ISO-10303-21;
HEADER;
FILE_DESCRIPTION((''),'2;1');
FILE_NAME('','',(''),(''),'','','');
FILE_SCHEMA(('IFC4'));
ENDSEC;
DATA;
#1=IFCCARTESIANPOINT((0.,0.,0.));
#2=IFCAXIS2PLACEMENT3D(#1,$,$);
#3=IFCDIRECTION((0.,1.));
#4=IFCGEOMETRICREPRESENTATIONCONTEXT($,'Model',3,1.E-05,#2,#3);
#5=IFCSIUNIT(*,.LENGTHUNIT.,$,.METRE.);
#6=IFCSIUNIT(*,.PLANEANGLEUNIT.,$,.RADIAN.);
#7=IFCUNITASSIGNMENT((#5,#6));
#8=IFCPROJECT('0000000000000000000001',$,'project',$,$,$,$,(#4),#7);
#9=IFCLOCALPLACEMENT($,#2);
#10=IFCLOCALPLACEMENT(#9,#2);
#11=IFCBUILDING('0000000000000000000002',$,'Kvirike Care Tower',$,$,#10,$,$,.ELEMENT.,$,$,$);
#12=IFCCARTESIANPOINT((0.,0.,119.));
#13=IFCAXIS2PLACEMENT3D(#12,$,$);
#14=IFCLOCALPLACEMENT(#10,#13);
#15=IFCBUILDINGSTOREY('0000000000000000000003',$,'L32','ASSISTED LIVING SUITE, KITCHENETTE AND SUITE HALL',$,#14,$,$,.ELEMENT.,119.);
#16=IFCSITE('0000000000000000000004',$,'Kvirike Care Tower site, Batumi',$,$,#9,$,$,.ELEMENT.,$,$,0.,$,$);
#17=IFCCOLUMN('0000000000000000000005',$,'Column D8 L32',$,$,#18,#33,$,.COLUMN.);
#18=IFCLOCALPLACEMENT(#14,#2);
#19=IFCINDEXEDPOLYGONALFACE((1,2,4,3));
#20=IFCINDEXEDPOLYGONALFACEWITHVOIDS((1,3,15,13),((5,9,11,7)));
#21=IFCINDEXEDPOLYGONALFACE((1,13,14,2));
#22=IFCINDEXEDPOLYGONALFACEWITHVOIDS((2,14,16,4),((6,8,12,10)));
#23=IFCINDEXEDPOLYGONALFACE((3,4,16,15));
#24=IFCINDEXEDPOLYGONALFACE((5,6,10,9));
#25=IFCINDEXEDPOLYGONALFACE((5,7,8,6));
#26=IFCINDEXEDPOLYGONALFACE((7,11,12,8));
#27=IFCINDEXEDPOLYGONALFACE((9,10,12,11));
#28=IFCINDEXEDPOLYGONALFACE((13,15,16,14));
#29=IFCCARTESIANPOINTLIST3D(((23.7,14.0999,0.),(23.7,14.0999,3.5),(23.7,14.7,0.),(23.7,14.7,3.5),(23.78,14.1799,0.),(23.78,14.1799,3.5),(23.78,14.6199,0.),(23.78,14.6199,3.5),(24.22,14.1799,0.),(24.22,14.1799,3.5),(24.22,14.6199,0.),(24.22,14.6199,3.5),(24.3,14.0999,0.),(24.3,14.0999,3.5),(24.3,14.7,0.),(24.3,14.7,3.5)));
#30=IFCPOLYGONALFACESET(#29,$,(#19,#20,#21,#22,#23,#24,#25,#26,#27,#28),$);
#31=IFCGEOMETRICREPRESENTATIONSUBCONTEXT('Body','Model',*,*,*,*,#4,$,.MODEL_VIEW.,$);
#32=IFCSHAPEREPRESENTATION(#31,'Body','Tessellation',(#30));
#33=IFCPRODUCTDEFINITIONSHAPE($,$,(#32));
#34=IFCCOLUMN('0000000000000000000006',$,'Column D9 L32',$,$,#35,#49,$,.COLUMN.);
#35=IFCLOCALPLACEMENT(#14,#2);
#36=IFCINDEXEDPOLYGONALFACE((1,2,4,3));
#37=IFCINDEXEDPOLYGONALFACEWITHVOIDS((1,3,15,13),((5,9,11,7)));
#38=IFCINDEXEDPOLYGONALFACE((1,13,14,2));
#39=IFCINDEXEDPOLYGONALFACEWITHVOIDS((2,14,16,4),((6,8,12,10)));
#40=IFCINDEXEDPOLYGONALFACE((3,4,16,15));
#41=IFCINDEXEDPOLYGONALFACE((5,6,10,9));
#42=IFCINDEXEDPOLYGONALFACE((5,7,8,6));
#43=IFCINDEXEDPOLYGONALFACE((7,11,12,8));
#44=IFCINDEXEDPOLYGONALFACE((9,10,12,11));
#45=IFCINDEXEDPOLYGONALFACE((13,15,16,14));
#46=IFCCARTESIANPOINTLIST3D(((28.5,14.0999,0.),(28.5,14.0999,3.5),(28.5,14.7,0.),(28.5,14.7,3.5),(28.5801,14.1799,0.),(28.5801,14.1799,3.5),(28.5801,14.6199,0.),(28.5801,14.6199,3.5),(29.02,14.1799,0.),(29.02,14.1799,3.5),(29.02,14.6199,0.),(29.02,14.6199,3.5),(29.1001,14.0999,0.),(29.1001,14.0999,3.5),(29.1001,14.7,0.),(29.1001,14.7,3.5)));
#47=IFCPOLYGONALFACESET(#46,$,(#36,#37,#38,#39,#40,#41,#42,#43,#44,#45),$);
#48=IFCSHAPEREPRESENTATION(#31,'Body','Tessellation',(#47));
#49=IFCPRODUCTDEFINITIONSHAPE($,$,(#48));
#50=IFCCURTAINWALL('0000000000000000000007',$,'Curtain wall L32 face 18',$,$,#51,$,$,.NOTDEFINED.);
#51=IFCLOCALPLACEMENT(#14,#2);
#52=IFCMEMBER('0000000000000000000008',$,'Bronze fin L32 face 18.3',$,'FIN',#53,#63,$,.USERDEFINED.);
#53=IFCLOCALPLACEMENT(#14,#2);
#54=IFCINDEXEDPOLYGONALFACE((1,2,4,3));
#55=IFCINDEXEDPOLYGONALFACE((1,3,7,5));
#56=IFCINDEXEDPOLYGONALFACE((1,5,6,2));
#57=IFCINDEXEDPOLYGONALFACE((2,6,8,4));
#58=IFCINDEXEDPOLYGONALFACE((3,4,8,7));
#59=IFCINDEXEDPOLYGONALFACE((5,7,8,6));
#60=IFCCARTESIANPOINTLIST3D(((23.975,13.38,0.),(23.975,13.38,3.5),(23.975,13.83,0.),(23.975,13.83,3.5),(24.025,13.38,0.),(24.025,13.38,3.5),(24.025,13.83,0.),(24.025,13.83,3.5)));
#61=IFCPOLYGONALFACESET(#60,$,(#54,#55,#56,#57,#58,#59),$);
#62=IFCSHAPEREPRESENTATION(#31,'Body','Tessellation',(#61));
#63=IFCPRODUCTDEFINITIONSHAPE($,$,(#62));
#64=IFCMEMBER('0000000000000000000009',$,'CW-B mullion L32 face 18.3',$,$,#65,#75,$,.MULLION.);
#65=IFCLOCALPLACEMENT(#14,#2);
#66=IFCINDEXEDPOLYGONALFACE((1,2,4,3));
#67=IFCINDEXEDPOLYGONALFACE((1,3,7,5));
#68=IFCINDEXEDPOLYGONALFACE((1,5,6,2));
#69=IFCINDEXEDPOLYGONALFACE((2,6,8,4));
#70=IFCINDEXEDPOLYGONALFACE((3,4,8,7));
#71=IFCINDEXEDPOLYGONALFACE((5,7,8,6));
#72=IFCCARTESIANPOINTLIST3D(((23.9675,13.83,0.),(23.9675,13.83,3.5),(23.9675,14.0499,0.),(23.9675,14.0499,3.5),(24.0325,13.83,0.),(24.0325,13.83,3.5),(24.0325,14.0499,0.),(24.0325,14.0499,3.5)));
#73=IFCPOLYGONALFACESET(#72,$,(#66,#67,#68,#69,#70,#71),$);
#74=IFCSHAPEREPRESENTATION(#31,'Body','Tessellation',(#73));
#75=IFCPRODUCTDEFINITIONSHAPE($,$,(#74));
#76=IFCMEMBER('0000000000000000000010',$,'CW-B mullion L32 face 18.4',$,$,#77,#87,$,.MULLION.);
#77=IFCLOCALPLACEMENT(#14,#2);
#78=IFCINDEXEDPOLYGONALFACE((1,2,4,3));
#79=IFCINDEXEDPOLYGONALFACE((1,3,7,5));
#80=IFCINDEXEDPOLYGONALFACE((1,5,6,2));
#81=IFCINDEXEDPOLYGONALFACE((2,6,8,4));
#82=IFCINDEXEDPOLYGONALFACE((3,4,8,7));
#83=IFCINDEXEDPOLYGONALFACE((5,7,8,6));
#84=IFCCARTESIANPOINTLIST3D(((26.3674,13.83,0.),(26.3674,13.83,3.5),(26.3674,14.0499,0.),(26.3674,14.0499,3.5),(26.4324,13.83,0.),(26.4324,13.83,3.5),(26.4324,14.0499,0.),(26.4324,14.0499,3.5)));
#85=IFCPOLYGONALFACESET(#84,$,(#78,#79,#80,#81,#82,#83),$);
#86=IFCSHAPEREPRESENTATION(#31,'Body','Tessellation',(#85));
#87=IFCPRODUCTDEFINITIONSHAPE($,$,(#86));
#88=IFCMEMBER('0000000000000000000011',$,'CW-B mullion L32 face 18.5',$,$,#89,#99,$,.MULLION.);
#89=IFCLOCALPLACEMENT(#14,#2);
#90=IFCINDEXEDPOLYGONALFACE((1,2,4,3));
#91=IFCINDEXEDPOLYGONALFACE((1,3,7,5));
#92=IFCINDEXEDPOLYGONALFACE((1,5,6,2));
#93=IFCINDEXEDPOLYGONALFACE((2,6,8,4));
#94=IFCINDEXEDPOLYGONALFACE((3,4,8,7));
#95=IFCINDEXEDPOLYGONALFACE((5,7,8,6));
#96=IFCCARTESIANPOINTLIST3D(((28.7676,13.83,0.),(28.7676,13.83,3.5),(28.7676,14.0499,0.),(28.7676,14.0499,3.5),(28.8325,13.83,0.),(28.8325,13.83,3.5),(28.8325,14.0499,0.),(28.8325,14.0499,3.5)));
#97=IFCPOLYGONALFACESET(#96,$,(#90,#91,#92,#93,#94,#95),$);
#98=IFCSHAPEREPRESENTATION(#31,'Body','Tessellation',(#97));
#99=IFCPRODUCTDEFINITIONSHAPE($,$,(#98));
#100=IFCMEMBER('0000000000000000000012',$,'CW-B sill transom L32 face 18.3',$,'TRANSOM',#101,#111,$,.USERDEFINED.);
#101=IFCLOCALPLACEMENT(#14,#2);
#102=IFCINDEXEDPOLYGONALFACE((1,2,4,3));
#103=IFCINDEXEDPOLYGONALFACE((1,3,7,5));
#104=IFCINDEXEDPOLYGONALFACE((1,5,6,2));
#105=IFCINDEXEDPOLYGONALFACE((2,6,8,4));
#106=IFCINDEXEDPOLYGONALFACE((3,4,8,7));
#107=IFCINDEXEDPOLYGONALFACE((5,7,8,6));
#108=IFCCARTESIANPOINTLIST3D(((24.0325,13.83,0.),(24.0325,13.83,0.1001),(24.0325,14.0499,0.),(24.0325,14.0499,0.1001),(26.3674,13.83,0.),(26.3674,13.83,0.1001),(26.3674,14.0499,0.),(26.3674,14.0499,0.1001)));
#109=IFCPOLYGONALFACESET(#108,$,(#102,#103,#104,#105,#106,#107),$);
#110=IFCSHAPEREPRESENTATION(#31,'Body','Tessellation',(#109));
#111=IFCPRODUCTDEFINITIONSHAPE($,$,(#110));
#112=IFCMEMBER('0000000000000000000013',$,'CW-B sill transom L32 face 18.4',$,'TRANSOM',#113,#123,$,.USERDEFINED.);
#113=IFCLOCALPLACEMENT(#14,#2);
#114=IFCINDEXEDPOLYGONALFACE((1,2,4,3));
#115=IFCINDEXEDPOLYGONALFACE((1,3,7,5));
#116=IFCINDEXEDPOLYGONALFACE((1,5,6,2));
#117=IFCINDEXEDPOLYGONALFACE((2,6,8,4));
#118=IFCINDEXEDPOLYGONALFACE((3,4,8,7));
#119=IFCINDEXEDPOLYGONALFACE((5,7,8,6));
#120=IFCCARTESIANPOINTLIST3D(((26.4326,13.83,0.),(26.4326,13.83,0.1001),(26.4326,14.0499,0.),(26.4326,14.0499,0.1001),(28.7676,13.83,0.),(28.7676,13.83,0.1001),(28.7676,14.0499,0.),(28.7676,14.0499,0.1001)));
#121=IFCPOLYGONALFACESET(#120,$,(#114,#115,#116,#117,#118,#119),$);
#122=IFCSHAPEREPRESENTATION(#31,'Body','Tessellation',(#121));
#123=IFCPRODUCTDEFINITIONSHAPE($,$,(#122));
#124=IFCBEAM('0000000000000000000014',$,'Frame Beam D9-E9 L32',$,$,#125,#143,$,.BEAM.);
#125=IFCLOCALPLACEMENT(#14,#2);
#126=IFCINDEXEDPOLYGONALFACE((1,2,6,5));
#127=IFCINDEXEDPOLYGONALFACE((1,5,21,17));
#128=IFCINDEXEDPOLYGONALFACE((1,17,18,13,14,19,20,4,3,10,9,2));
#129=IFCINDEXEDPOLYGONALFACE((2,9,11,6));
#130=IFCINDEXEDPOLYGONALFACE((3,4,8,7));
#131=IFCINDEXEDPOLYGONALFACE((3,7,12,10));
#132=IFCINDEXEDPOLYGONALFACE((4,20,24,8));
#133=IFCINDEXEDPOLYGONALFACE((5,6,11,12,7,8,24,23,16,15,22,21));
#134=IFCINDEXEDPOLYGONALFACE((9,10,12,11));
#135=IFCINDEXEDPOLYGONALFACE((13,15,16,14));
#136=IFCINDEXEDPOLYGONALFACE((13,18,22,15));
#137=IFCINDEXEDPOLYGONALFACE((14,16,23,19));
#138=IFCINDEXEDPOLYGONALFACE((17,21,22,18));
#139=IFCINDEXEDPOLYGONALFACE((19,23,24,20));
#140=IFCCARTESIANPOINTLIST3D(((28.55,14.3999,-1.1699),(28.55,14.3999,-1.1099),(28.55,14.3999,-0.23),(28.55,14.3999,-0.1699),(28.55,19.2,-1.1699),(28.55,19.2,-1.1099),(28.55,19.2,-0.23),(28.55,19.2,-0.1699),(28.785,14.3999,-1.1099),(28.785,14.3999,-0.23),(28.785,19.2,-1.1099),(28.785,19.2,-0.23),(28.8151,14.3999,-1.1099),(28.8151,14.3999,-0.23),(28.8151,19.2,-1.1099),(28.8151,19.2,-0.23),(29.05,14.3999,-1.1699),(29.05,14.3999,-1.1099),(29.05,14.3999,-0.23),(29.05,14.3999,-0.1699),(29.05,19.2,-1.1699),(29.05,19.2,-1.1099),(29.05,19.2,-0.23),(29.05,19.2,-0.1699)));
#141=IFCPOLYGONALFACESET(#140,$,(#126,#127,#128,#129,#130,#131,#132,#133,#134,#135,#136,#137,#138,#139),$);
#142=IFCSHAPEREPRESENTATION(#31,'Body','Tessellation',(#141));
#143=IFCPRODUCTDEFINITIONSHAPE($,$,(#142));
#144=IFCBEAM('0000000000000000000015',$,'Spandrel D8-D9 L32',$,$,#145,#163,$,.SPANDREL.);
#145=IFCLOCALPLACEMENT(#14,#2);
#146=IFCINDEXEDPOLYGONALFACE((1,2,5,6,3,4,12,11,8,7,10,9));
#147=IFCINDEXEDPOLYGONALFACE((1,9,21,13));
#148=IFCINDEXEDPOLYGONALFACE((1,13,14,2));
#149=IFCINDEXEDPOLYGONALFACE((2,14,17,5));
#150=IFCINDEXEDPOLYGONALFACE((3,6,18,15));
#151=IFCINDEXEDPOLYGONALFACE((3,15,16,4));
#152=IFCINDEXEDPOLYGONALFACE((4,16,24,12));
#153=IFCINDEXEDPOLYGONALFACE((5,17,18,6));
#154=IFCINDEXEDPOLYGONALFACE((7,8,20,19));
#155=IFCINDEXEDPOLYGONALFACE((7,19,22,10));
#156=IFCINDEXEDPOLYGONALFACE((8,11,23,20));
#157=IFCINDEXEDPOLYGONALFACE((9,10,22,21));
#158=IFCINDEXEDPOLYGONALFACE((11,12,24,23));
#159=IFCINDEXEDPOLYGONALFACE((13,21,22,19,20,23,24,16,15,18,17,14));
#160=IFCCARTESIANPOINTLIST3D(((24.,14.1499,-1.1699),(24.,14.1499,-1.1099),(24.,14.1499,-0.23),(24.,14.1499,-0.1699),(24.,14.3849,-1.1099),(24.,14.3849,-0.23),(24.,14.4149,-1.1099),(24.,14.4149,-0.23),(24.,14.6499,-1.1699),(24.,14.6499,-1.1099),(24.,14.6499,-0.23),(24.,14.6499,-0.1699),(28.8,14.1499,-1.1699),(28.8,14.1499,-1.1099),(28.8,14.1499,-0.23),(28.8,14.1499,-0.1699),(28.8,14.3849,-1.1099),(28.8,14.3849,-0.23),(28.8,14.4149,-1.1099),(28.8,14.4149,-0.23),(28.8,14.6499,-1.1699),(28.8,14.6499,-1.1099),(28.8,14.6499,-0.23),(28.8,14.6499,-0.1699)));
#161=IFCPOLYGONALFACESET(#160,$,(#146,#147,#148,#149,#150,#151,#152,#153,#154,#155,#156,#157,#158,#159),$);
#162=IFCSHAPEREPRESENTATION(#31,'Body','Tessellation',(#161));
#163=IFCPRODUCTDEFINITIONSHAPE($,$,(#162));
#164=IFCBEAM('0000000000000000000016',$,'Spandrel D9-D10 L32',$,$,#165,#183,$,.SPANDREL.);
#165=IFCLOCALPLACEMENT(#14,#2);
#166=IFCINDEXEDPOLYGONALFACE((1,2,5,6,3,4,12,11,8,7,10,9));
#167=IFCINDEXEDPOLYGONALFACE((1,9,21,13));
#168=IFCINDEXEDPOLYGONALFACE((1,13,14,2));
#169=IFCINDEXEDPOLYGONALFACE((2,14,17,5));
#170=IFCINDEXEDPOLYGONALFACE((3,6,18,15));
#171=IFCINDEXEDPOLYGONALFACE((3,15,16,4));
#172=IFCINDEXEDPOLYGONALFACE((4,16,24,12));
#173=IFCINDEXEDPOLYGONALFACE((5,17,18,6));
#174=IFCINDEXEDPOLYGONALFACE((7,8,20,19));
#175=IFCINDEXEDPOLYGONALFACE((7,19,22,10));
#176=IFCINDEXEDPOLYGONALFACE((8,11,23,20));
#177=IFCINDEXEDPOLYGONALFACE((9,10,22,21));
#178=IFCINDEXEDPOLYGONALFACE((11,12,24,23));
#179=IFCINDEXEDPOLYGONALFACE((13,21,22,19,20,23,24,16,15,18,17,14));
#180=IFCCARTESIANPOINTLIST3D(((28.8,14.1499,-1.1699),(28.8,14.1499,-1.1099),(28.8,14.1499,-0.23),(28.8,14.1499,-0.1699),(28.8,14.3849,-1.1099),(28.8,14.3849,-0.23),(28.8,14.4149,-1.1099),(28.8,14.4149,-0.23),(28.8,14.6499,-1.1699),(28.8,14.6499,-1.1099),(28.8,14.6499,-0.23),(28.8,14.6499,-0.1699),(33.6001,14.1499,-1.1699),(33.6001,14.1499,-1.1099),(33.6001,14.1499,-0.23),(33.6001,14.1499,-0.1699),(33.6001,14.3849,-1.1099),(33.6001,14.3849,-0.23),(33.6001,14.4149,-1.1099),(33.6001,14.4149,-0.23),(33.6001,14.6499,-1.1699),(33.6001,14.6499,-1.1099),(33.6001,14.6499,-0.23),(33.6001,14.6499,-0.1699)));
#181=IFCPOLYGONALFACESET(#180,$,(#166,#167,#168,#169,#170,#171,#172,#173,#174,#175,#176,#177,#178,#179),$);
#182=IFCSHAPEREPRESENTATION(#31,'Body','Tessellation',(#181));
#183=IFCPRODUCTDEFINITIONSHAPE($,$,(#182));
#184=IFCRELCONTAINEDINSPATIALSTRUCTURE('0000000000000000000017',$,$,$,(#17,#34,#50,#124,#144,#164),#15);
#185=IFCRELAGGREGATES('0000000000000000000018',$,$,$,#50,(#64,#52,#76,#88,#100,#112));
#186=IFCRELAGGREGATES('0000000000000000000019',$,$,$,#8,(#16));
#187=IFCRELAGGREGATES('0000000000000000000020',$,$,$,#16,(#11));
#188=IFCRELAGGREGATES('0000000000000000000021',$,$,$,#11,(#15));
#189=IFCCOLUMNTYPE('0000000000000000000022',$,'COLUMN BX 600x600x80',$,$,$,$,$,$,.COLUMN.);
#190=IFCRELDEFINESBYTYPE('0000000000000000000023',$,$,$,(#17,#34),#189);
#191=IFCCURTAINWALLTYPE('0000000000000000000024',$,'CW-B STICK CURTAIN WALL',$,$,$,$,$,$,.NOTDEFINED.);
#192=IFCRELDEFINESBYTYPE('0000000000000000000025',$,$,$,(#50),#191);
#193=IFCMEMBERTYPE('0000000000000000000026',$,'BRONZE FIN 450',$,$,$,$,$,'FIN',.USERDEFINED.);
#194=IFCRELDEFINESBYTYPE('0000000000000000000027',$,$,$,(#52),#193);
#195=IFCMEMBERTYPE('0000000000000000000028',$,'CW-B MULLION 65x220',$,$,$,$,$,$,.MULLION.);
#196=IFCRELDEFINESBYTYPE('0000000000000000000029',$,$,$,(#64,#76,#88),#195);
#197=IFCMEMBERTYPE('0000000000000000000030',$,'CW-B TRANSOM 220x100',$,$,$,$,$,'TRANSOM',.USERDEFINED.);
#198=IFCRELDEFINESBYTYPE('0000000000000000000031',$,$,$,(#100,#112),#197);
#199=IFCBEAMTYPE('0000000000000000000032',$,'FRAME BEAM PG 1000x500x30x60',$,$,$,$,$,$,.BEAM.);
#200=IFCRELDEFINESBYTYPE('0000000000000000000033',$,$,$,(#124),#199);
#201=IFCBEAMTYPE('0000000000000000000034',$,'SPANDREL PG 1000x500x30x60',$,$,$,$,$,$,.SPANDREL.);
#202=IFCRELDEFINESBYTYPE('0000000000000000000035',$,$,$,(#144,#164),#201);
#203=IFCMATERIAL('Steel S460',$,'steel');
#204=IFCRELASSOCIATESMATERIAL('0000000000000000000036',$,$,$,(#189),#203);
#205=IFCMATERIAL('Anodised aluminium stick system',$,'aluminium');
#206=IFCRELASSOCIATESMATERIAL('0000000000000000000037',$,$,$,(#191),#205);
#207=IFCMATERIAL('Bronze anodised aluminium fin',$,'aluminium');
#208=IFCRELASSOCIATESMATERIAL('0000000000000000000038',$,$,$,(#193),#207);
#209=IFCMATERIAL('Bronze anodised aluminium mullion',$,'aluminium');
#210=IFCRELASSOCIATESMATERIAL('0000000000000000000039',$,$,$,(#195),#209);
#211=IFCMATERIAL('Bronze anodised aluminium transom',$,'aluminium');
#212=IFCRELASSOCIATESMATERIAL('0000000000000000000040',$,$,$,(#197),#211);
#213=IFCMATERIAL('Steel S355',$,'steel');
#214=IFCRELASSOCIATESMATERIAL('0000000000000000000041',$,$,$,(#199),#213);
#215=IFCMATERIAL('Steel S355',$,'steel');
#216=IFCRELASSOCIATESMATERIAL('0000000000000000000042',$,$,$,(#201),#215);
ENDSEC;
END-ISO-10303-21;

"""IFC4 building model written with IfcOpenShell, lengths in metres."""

from ifc_helpers import new_model, si_unit, direction, frame, origin, origin_2d, place, context, subcontext, project, spatial, rectangle, hollow_rectangle, i_section, extrude, material, material_profile, profile_set, type_object, element, aggregate, save


model = new_model("IFC4")

# Units and contexts
model_context = context("Model", 3, precision=1e-05, world=origin(), true_north=direction((0.0, 1.0)))
body_context = subcontext(model_context, "Body", "Model", "MODEL_VIEW")
ifc_project = project(units=[si_unit("LENGTHUNIT", "METRE"), si_unit("PLANEANGLEUNIT", "RADIAN")], contexts=[model_context])

# Site, building, storey
site_placement = place(None, origin())
site = spatial("IfcSite", under=ifc_project, at=site_placement, Name="Kvirike Care Tower site, Batumi", CompositionType="ELEMENT", RefElevation=0.0)
building_placement = place(site_placement, origin())
building = spatial("IfcBuilding", under=site, at=building_placement, Name="Kvirike Care Tower", CompositionType="ELEMENT")
storey_placement = place(building_placement, frame((0.0, 0.0, 119.0)))
storey = spatial("IfcBuildingStorey", under=building, at=storey_placement, Name="L32", Description="ASSISTED LIVING SUITE, KITCHENETTE AND SUITE HALL", CompositionType="ELEMENT", Elevation=119.0)

# Columns
ifc_material_1 = material(Name="Steel S460", Category="steel")
ifc_material_profile_1 = material_profile(ifc_material_1, hollow_rectangle(XDim=0.6001, YDim=0.6001, WallThickness=0.0801, at=origin_2d()), Name="BX 600x600x80")
ifc_profile_set_1 = profile_set([ifc_material_profile_1], Name="Steel S460")
column_type = type_object("IfcColumnType", Name="COLUMN BX 600x600x80", PredefinedType="COLUMN", material=ifc_profile_set_1)
for number, where, z_axis, x_axis, name in (
    (1, (24.0, 14.3999, 0.0), (0.0, 0.0, 1.0), (0.0, 1.0, 0.0), "Column D8 L32"),
    (2, (28.8, 14.3999, 0.0), (0.0, 0.0, 1.0), (0.0, 1.0, 0.0), "Column D9 L32"),
):
    element("IfcColumn", number, at=place(storey_placement, frame(where, z_axis=z_axis, x_axis=x_axis)), inside=storey, type_object=column_type, Name=name, PredefinedType="COLUMN", context=body_context, shape_type="SweptSolid", body=[
        extrude(hollow_rectangle(XDim=0.6001, YDim=0.6001, WallThickness=0.0801, at=origin_2d()), origin(), (0.0, 0.0, 1.0), 3.5),
    ])

# Curtain wall, members
ifc_material_2 = material(Name="Anodised aluminium stick system", Category="aluminium")
curtain_wall_type = type_object("IfcCurtainWallType", Name="CW-B STICK CURTAIN WALL", PredefinedType="NOTDEFINED", material=ifc_material_2)
curtain_wall_placement = place(storey_placement, origin())
curtain_wall = element("IfcCurtainWall", 3, at=curtain_wall_placement, inside=storey, type_object=curtain_wall_type, Name="Curtain wall L32 face 18", PredefinedType="NOTDEFINED")
ifc_material_3 = material(Name="Bronze anodised aluminium fin", Category="aluminium")
ifc_material_profile_2 = material_profile(ifc_material_3, rectangle(XDim=0.05, YDim=0.45, at=origin_2d()), Name="BRONZE FIN 450")
ifc_profile_set_2 = profile_set([ifc_material_profile_2], Name="Bronze anodised aluminium fin")
member_type_1 = type_object("IfcMemberType", Name="BRONZE FIN 450", ElementType="FIN", PredefinedType="USERDEFINED", material=ifc_profile_set_2)
member_1_placement = place(storey_placement, frame((24.0, 13.605, 0.0), z_axis=(0.0, 0.0, 1.0), x_axis=(1.0, 0.0, 0.0)))
member_1 = element("IfcMember", 4, at=member_1_placement, type_object=member_type_1, Name="Bronze fin L32 face 18.3", ObjectType="FIN", PredefinedType="USERDEFINED", context=body_context, shape_type="SweptSolid", body=[
    extrude(rectangle(XDim=0.05, YDim=0.45, at=origin_2d()), origin(), (0.0, 0.0, 1.0), 3.5),
])
ifc_material_4 = material(Name="Bronze anodised aluminium mullion", Category="aluminium")
ifc_material_profile_3 = material_profile(ifc_material_4, rectangle(XDim=0.0649, YDim=0.22, at=origin_2d()), Name="CW-B MULLION 65x220")
ifc_profile_set_3 = profile_set([ifc_material_profile_3], Name="Bronze anodised aluminium mullion")
member_type_2 = type_object("IfcMemberType", Name="CW-B MULLION 65x220", PredefinedType="MULLION", material=ifc_profile_set_3)
member_2_placement = place(storey_placement, frame((24.0, 13.9399, 0.0), z_axis=(0.0, 0.0, 1.0), x_axis=(1.0, 0.0, 0.0)))
member_2 = element("IfcMember", 5, at=member_2_placement, type_object=member_type_2, Name="CW-B mullion L32 face 18.3", PredefinedType="MULLION", context=body_context, shape_type="SweptSolid", body=[
    extrude(rectangle(XDim=0.0649, YDim=0.22, at=origin_2d()), origin(), (0.0, 0.0, 1.0), 3.5),
])
member_3_placement = place(storey_placement, frame((26.3999, 13.9399, 0.0), z_axis=(0.0, 0.0, 1.0), x_axis=(1.0, 0.0, 0.0)))
member_3 = element("IfcMember", 6, at=member_3_placement, type_object=member_type_2, Name="CW-B mullion L32 face 18.4", PredefinedType="MULLION", context=body_context, shape_type="SweptSolid", body=[
    extrude(rectangle(XDim=0.0649, YDim=0.22, at=origin_2d()), origin(), (0.0, 0.0, 1.0), 3.5),
])
member_4_placement = place(storey_placement, frame((28.8, 13.9399, 0.0), z_axis=(0.0, 0.0, 1.0), x_axis=(1.0, 0.0, 0.0)))
member_4 = element("IfcMember", 7, at=member_4_placement, type_object=member_type_2, Name="CW-B mullion L32 face 18.5", PredefinedType="MULLION", context=body_context, shape_type="SweptSolid", body=[
    extrude(rectangle(XDim=0.0649, YDim=0.22, at=origin_2d()), origin(), (0.0, 0.0, 1.0), 3.5),
])
ifc_material_5 = material(Name="Bronze anodised aluminium transom", Category="aluminium")
ifc_material_profile_4 = material_profile(ifc_material_5, rectangle(XDim=0.22, YDim=0.1001, at=origin_2d()), Name="CW-B TRANSOM 220x100")
ifc_profile_set_4 = profile_set([ifc_material_profile_4], Name="Bronze anodised aluminium transom")
member_type_3 = type_object("IfcMemberType", Name="CW-B TRANSOM 220x100", ElementType="TRANSOM", PredefinedType="USERDEFINED", material=ifc_profile_set_4)
member_5_placement = place(storey_placement, frame((24.0325, 13.9399, 0.05), z_axis=(1.0, 0.0, 0.0), x_axis=(0.0, 1.0, 0.0)))
member_5 = element("IfcMember", 8, at=member_5_placement, type_object=member_type_3, Name="CW-B sill transom L32 face 18.3", ObjectType="TRANSOM", PredefinedType="USERDEFINED", context=body_context, shape_type="SweptSolid", body=[
    extrude(rectangle(XDim=0.22, YDim=0.1001, at=origin_2d()), origin(), (0.0, 0.0, 1.0), 2.335),
])
member_6_placement = place(storey_placement, frame((26.4326, 13.9399, 0.05), z_axis=(1.0, 0.0, 0.0), x_axis=(0.0, 1.0, 0.0)))
member_6 = element("IfcMember", 9, at=member_6_placement, type_object=member_type_3, Name="CW-B sill transom L32 face 18.4", ObjectType="TRANSOM", PredefinedType="USERDEFINED", context=body_context, shape_type="SweptSolid", body=[
    extrude(rectangle(XDim=0.22, YDim=0.1001, at=origin_2d()), origin(), (0.0, 0.0, 1.0), 2.335),
])

# Beams
ifc_material_6 = material(Name="Steel S355", Category="steel")
ifc_material_profile_5 = material_profile(ifc_material_6, i_section(OverallWidth=0.5, OverallDepth=1.0, WebThickness=0.03, FlangeThickness=0.0601, at=origin_2d()), Name="PG 1000x500x30x60")
ifc_profile_set_5 = profile_set([ifc_material_profile_5], Name="Steel S355")
beam_type_1 = type_object("IfcBeamType", Name="FRAME BEAM PG 1000x500x30x60", PredefinedType="BEAM", material=ifc_profile_set_5)
beam_placement = place(storey_placement, frame((28.8, 14.3999, -0.6699), z_axis=(0.0, 1.0, 0.0), x_axis=(-1.0, 0.0, 0.0)))
element("IfcBeam", 10, at=beam_placement, inside=storey, type_object=beam_type_1, Name="Frame Beam D9-E9 L32", PredefinedType="BEAM", context=body_context, shape_type="SweptSolid", body=[
    extrude(i_section(OverallWidth=0.5, OverallDepth=1.0, WebThickness=0.03, FlangeThickness=0.0601, at=origin_2d()), origin(), (0.0, 0.0, 1.0), 4.8),
])
ifc_material_7 = material(Name="Steel S355", Category="steel")
ifc_material_profile_6 = material_profile(ifc_material_7, i_section(OverallWidth=0.5, OverallDepth=1.0, WebThickness=0.03, FlangeThickness=0.0601, at=origin_2d()), Name="PG 1000x500x30x60")
ifc_profile_set_6 = profile_set([ifc_material_profile_6], Name="Steel S355")
beam_type_2 = type_object("IfcBeamType", Name="SPANDREL PG 1000x500x30x60", PredefinedType="SPANDREL", material=ifc_profile_set_6)
for number, where, z_axis, x_axis, name in (
    (11, (24.0, 14.3999, -0.6699), (1.0, 0.0, 0.0), (0.0, 1.0, 0.0), "Spandrel D8-D9 L32"),
    (12, (28.8, 14.3999, -0.6699), (1.0, 0.0, 0.0), (0.0, 1.0, 0.0), "Spandrel D9-D10 L32"),
):
    element("IfcBeam", number, at=place(storey_placement, frame(where, z_axis=z_axis, x_axis=x_axis)), inside=storey, type_object=beam_type_2, Name=name, PredefinedType="SPANDREL", context=body_context, shape_type="SweptSolid", body=[
        extrude(i_section(OverallWidth=0.5, OverallDepth=1.0, WebThickness=0.03, FlangeThickness=0.0601, at=origin_2d()), origin(), (0.0, 0.0, 1.0), 4.8),
    ])

aggregate(curtain_wall, [member_2, member_1, member_3, member_4, member_5, member_6])

save(model, "model.ifc")
